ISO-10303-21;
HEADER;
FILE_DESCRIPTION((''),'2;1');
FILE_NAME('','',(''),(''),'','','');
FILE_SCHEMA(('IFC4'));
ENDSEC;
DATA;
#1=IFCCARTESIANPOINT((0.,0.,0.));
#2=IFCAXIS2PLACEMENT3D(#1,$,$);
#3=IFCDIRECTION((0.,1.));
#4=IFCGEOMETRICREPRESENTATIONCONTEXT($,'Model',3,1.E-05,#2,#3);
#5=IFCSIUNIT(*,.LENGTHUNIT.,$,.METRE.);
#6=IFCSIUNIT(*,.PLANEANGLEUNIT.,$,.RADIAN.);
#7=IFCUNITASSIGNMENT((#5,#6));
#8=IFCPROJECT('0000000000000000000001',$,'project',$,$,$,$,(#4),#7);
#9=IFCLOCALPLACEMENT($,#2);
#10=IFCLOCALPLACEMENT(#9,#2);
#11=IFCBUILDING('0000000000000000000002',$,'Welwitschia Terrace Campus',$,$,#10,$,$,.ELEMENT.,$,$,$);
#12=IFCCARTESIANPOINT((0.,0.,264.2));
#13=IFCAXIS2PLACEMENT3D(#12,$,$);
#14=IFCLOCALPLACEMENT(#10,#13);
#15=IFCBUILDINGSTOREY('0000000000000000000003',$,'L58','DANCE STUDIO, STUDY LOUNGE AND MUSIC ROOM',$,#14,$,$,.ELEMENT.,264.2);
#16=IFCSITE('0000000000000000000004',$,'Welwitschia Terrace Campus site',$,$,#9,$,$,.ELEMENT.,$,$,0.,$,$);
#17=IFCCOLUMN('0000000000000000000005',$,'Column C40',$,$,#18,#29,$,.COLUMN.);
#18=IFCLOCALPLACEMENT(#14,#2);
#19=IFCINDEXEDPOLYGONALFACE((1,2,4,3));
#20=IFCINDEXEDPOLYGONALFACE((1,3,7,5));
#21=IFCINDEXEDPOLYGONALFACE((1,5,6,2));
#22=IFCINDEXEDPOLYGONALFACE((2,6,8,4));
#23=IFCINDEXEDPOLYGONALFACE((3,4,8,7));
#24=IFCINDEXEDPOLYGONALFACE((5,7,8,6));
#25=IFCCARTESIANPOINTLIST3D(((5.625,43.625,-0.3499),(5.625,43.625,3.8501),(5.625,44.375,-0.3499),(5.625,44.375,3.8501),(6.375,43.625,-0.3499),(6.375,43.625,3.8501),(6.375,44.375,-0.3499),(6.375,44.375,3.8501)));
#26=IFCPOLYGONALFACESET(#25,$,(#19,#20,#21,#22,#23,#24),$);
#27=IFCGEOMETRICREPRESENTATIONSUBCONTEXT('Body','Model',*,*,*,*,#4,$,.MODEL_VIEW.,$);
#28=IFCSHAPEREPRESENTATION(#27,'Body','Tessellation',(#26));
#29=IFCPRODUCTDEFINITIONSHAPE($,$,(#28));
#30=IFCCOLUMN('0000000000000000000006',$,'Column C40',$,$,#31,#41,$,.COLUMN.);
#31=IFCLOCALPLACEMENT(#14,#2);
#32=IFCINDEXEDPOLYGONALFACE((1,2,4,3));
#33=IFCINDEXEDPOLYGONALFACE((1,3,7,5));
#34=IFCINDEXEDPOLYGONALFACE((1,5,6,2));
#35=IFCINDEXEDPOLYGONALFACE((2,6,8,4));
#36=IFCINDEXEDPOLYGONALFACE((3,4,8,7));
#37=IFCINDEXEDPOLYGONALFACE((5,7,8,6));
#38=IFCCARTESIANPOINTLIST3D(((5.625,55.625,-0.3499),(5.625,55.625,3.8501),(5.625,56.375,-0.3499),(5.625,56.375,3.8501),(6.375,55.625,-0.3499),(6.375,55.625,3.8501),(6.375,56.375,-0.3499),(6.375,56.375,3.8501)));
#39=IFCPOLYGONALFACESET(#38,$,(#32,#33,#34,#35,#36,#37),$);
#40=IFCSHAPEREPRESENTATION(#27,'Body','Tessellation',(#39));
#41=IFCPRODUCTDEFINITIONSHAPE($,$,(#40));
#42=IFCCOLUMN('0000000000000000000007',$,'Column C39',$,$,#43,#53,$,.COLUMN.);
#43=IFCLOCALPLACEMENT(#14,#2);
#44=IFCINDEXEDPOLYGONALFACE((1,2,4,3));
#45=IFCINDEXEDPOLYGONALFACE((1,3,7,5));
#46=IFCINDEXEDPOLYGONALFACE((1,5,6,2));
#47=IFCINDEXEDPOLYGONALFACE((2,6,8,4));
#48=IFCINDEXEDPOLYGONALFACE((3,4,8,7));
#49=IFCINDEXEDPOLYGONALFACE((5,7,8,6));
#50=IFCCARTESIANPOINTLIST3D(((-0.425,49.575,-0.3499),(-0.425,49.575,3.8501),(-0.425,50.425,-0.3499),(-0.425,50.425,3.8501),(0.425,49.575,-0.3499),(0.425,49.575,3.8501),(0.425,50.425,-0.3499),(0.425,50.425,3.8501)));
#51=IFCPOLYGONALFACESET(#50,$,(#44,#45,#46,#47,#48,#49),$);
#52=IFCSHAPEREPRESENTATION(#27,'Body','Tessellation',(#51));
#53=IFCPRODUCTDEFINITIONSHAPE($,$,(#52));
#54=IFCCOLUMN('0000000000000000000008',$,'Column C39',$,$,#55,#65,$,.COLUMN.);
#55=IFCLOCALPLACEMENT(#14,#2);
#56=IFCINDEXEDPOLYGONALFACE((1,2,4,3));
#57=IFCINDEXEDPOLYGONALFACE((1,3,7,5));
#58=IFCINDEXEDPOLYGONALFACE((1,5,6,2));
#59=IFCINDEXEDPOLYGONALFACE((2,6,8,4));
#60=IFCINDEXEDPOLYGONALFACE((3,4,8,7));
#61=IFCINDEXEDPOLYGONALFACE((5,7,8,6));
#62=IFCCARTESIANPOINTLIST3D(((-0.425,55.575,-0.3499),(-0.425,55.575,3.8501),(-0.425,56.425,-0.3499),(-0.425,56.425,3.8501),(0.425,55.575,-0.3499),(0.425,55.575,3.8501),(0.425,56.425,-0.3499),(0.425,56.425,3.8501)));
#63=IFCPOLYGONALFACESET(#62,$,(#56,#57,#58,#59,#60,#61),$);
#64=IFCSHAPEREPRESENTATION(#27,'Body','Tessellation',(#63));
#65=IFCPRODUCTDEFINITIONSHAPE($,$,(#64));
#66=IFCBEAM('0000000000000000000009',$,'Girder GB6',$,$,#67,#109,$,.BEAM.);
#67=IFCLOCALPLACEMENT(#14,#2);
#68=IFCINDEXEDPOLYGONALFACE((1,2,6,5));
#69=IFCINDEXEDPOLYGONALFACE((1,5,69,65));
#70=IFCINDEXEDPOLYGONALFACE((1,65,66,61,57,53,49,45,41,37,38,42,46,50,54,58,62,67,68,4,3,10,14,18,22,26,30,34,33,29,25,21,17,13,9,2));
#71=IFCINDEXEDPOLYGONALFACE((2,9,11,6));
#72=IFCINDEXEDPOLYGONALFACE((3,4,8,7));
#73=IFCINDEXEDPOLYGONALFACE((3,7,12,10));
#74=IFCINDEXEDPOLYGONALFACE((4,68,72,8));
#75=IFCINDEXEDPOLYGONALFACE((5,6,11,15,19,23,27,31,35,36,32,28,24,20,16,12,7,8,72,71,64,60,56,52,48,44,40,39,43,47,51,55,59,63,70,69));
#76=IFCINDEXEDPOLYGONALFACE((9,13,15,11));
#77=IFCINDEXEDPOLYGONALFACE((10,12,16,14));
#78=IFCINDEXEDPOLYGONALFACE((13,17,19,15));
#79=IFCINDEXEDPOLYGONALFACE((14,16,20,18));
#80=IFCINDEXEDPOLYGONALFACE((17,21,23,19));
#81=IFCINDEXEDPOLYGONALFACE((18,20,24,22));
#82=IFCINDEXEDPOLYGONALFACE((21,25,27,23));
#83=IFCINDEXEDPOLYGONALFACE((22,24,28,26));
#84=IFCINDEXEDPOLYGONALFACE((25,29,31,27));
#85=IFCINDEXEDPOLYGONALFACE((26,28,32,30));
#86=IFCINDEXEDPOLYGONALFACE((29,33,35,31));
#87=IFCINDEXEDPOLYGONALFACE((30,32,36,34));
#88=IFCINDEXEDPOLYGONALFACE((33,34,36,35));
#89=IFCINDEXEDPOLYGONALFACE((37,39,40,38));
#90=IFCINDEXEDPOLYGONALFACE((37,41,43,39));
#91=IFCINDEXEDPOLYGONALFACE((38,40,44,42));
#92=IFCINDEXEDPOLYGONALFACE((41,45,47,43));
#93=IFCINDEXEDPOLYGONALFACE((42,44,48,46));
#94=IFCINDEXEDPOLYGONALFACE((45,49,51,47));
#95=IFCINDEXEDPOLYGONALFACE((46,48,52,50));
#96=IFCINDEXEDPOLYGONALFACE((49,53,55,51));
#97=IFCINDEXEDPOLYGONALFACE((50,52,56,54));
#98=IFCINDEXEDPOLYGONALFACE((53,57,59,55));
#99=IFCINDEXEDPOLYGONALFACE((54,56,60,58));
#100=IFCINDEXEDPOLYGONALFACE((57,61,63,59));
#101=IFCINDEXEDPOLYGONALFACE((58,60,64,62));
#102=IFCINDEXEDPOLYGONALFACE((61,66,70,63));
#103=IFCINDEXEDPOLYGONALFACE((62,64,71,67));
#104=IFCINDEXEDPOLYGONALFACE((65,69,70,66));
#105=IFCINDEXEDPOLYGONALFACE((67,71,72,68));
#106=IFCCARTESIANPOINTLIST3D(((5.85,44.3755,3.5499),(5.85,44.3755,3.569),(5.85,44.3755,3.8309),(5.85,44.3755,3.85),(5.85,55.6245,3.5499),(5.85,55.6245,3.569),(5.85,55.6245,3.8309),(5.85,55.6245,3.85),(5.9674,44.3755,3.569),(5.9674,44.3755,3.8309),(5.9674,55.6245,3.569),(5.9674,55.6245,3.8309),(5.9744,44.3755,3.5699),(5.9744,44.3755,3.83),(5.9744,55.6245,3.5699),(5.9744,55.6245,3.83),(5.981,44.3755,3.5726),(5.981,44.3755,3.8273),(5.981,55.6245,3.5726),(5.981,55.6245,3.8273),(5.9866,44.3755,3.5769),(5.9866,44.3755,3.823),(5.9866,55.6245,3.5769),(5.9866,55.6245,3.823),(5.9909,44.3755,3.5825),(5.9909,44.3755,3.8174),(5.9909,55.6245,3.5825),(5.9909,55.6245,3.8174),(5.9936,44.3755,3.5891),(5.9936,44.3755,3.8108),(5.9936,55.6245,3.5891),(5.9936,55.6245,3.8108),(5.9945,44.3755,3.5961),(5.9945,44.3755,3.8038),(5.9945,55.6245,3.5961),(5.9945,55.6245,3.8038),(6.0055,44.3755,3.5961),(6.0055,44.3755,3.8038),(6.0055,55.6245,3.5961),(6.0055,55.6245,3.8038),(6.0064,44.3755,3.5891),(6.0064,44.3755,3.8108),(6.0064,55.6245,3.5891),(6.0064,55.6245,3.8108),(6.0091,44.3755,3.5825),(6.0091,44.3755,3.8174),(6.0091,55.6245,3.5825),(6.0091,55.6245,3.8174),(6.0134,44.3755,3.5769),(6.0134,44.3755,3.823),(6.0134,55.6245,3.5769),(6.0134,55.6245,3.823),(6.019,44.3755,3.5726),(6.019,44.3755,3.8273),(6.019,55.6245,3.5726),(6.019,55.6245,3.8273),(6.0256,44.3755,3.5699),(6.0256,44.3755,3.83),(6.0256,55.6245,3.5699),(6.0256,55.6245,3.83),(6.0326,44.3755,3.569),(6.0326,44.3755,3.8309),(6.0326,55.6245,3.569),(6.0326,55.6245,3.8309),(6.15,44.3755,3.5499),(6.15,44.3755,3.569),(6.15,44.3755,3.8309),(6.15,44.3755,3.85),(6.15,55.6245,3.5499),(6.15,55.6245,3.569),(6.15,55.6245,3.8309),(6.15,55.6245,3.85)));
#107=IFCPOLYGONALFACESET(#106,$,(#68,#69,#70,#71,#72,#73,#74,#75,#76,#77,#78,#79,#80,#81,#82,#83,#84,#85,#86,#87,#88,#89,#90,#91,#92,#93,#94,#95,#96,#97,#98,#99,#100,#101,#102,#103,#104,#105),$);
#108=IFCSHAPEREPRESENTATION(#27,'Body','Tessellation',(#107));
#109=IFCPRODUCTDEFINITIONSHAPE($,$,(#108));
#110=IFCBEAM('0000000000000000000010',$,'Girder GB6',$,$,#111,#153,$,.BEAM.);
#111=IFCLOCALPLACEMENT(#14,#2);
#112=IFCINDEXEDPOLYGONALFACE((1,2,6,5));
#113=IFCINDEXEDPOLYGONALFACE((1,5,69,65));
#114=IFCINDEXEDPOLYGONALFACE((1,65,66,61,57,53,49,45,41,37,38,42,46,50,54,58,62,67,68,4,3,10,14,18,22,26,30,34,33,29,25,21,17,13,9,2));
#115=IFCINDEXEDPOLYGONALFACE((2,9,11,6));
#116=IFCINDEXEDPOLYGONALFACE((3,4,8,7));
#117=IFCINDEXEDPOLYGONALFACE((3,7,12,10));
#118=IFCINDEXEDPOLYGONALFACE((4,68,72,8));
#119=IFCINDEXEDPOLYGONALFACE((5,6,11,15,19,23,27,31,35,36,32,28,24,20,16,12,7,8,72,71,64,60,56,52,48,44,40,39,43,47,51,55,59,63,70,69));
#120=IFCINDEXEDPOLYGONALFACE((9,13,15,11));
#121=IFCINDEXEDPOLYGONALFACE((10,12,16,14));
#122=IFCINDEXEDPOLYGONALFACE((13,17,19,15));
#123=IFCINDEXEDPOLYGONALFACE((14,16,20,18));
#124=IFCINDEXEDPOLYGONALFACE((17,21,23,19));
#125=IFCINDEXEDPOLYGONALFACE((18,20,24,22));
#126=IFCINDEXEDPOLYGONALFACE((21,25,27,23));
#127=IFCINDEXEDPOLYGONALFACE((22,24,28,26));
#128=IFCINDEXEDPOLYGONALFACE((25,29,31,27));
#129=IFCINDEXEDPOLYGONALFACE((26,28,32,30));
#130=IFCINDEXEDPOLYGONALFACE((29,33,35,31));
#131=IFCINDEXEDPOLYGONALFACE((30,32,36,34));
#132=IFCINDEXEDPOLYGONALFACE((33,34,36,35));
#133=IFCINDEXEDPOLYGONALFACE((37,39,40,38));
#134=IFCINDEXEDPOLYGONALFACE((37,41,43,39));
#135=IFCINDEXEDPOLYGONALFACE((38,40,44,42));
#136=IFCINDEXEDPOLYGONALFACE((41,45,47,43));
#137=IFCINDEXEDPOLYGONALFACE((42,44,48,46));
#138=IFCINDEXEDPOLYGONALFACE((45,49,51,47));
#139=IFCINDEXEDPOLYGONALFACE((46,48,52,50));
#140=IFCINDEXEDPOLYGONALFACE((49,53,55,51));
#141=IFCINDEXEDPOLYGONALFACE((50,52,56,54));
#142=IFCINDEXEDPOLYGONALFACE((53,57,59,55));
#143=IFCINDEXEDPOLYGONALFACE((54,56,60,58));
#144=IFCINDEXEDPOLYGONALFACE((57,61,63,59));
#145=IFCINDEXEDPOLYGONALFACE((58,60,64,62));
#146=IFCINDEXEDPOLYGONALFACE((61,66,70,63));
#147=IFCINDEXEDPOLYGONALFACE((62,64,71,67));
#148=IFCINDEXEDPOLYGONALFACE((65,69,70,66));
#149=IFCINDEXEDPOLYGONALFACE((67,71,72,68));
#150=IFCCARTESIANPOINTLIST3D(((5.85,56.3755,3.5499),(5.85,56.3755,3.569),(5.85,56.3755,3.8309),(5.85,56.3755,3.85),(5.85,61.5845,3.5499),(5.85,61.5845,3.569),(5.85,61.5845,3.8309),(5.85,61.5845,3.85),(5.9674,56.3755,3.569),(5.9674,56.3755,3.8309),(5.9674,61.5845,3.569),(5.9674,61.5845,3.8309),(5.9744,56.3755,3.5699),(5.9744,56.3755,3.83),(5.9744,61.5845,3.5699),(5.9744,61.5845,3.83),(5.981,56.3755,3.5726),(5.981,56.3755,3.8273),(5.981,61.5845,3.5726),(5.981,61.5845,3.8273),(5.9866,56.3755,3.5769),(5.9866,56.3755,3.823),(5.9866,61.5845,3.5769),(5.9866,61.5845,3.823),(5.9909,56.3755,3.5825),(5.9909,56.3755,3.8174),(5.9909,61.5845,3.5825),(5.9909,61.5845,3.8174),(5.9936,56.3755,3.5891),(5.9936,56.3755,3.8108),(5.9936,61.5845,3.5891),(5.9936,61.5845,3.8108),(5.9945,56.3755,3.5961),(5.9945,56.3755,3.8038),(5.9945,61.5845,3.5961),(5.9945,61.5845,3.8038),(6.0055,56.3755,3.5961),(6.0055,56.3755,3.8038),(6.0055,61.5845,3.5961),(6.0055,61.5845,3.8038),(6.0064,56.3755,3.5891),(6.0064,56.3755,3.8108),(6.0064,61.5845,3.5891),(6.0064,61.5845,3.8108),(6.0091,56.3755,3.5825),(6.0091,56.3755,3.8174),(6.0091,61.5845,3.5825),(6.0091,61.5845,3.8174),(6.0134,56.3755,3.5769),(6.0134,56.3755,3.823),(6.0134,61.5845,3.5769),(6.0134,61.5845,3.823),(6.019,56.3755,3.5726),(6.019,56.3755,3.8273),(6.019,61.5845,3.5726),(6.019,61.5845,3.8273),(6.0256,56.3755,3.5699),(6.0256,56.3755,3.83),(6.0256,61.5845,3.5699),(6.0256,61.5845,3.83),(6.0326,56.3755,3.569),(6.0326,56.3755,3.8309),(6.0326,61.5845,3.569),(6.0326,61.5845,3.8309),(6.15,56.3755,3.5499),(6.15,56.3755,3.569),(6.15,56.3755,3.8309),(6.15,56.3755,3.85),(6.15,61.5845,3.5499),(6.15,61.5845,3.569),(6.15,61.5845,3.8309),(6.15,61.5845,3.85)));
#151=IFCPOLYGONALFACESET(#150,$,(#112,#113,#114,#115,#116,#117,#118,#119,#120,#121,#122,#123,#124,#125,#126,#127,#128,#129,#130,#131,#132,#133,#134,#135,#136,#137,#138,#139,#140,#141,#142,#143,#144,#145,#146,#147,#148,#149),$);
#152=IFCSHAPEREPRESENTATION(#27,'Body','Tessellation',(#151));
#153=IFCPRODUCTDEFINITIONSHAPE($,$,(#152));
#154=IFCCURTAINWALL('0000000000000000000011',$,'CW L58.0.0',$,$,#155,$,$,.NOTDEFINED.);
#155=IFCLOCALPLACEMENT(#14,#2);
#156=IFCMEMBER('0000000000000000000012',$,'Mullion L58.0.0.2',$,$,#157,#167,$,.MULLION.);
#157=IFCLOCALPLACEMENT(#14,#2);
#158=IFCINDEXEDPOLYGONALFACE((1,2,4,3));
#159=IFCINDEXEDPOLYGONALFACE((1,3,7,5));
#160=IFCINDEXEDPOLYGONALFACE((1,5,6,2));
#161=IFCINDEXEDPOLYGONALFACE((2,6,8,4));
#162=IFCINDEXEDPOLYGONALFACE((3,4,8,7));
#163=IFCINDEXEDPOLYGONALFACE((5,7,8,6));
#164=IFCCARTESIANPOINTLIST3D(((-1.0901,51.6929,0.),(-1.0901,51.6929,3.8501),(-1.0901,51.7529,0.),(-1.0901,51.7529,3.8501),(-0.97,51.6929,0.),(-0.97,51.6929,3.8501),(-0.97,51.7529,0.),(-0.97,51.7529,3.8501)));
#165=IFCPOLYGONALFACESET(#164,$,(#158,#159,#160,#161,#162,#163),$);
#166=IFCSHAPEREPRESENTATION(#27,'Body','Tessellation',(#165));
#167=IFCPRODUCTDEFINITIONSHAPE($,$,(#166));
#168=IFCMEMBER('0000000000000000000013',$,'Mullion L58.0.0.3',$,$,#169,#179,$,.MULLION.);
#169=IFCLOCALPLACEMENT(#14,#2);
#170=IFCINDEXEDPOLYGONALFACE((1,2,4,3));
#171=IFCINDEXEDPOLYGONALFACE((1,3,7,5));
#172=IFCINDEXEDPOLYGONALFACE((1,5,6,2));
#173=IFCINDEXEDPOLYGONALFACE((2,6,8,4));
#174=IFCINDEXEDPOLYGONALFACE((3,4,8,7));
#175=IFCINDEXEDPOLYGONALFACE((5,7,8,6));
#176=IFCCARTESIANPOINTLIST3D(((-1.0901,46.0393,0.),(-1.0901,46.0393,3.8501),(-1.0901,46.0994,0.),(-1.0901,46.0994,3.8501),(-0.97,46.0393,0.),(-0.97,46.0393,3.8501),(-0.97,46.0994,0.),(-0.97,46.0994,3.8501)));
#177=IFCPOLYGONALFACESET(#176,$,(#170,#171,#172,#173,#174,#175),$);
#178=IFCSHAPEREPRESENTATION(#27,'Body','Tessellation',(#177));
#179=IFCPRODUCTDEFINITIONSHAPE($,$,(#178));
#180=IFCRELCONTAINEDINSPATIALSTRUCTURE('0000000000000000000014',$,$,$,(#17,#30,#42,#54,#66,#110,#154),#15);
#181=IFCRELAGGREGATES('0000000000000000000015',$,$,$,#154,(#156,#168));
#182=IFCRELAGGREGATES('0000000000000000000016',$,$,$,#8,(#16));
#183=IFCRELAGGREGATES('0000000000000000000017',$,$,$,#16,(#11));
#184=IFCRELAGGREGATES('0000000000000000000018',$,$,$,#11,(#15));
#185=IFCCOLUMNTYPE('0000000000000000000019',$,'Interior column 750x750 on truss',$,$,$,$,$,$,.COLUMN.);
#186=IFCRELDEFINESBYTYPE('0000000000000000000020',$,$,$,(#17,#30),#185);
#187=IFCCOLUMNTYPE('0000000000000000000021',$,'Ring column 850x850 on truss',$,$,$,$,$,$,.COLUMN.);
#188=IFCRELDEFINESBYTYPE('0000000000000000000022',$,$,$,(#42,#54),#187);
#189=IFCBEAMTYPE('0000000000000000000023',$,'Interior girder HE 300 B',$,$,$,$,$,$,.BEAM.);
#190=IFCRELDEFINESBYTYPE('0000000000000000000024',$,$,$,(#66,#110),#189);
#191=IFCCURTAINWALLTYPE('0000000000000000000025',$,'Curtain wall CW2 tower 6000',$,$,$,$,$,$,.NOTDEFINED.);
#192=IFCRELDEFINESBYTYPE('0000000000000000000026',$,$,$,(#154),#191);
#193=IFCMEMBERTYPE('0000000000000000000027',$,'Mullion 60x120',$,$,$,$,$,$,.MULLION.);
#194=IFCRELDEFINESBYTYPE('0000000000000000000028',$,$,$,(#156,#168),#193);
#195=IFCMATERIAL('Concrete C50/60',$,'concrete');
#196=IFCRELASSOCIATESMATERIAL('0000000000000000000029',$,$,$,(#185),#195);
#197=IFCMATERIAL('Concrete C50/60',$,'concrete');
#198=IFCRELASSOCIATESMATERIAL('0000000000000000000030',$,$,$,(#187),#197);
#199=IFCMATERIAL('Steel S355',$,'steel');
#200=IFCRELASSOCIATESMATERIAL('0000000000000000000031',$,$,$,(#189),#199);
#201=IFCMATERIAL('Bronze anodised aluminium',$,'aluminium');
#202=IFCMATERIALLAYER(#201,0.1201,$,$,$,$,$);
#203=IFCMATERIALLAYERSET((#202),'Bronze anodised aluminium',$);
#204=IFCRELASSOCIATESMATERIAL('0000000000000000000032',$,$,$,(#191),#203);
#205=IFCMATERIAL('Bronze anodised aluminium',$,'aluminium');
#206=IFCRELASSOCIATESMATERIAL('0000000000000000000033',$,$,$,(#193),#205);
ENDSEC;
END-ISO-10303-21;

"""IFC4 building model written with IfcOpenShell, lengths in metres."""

from ifc_helpers import new_model, si_unit, direction, frame, origin, origin_2d, place, context, subcontext, project, spatial, rectangle, i_section, extrude, material, layer, layer_set, material_profile, profile_set, type_object, element, aggregate, save


model = new_model("IFC4")

# Units and contexts
model_context = context("Model", 3, precision=1e-05, world=origin(), true_north=direction((0.0, 1.0)))
body_context = subcontext(model_context, "Body", "Model", "MODEL_VIEW")
ifc_project = project(units=[si_unit("LENGTHUNIT", "METRE"), si_unit("PLANEANGLEUNIT", "RADIAN")], contexts=[model_context])

# Site, building, storey
site_placement = place(None, origin())
site = spatial("IfcSite", under=ifc_project, at=site_placement, Name="Welwitschia Terrace Campus site", CompositionType="ELEMENT", RefElevation=0.0)
building_placement = place(site_placement, origin())
building = spatial("IfcBuilding", under=site, at=building_placement, Name="Welwitschia Terrace Campus", CompositionType="ELEMENT")
storey_placement = place(building_placement, frame((0.0, 0.0, 264.2)))
storey = spatial("IfcBuildingStorey", under=building, at=storey_placement, Name="L58", Description="DANCE STUDIO, STUDY LOUNGE AND MUSIC ROOM", CompositionType="ELEMENT", Elevation=264.2)

# Columns
ifc_material_1 = material(Name="Concrete C50/60", Category="concrete")
ifc_material_profile_1 = material_profile(ifc_material_1, rectangle(XDim=0.75, YDim=0.75, at=origin_2d()))
ifc_profile_set_1 = profile_set([ifc_material_profile_1], Name="Concrete C50/60")
column_type_1 = type_object("IfcColumnType", Name="Interior column 750x750 on truss", PredefinedType="COLUMN", material=ifc_profile_set_1)
for number, where, z_axis, x_axis, name in (
    (1, (6.0, 44.0, -0.3499), (0.0, 0.0, 1.0), (1.0, 0.0, 0.0), "Column C40"),
    (2, (6.0, 56.0, -0.3499), (0.0, 0.0, 1.0), (1.0, 0.0, 0.0), "Column C40"),
):
    element("IfcColumn", number, at=place(storey_placement, frame(where, z_axis=z_axis, x_axis=x_axis)), inside=storey, type_object=column_type_1, Name=name, PredefinedType="COLUMN", context=body_context, shape_type="SweptSolid", body=[
        extrude(rectangle(XDim=0.75, YDim=0.75, at=origin_2d()), origin(), (0.0, 0.0, 1.0), 4.2),
    ])
ifc_material_2 = material(Name="Concrete C50/60", Category="concrete")
ifc_material_profile_2 = material_profile(ifc_material_2, rectangle(XDim=0.8501, YDim=0.8501, at=origin_2d()))
ifc_profile_set_2 = profile_set([ifc_material_profile_2], Name="Concrete C50/60")
column_type_2 = type_object("IfcColumnType", Name="Ring column 850x850 on truss", PredefinedType="COLUMN", material=ifc_profile_set_2)
for number, where, z_axis, x_axis, name in (
    (3, (0.0, 50.0, -0.3499), (0.0, 0.0, 1.0), (1.0, 0.0, 0.0), "Column C39"),
    (4, (0.0, 56.0, -0.3499), (0.0, 0.0, 1.0), (1.0, 0.0, 0.0), "Column C39"),
):
    element("IfcColumn", number, at=place(storey_placement, frame(where, z_axis=z_axis, x_axis=x_axis)), inside=storey, type_object=column_type_2, Name=name, PredefinedType="COLUMN", context=body_context, shape_type="SweptSolid", body=[
        extrude(rectangle(XDim=0.8501, YDim=0.8501, at=origin_2d()), origin(), (0.0, 0.0, 1.0), 4.2),
    ])

# Beams
ifc_material_3 = material(Name="Steel S355", Category="steel")
ifc_material_profile_3 = material_profile(ifc_material_3, i_section(OverallWidth=0.3, OverallDepth=0.3, WebThickness=0.011, FlangeThickness=0.019, FilletRadius=0.0271, at=origin_2d()))
ifc_profile_set_3 = profile_set([ifc_material_profile_3], Name="Steel S355")
beam_type_1 = type_object("IfcBeamType", Name="Interior girder HE 300 B", PredefinedType="BEAM", material=ifc_profile_set_3)
beam_1_placement = place(storey_placement, frame((6.0, 44.3755, 3.7), z_axis=(0.0, 1.0, 0.0), x_axis=(-1.0, 0.0, 0.0)))
element("IfcBeam", 5, at=beam_1_placement, inside=storey, type_object=beam_type_1, Name="Girder GB6", PredefinedType="BEAM", context=body_context, shape_type="SweptSolid", body=[
    extrude(i_section(OverallWidth=0.3, OverallDepth=0.3, WebThickness=0.011, FlangeThickness=0.019, FilletRadius=0.0271, at=origin_2d()), origin(), (0.0, 0.0, 1.0), 11.249),
])
beam_2_placement = place(storey_placement, frame((6.0, 56.3755, 3.7), z_axis=(0.0, 1.0, 0.0), x_axis=(-1.0, 0.0, 0.0)))
element("IfcBeam", 6, at=beam_2_placement, inside=storey, type_object=beam_type_1, Name="Girder GB6", PredefinedType="BEAM", context=body_context, shape_type="SweptSolid", body=[
    extrude(i_section(OverallWidth=0.3, OverallDepth=0.3, WebThickness=0.011, FlangeThickness=0.019, FilletRadius=0.0271, at=origin_2d()), origin(), (0.0, 0.0, 1.0), 5.209),
])

# Curtain wall, members
ifc_material_4 = material(Name="Bronze anodised aluminium", Category="aluminium")
ifc_layer_1 = layer(ifc_material_4, 0.1201)
ifc_layer_set_1 = layer_set([ifc_layer_1], Name="Bronze anodised aluminium")
curtain_wall_type = type_object("IfcCurtainWallType", Name="Curtain wall CW2 tower 6000", PredefinedType="NOTDEFINED", material=ifc_layer_set_1)
curtain_wall_placement = place(storey_placement, origin())
curtain_wall = element("IfcCurtainWall", 7, at=curtain_wall_placement, inside=storey, type_object=curtain_wall_type, Name="CW L58.0.0", PredefinedType="NOTDEFINED")
ifc_material_5 = material(Name="Bronze anodised aluminium", Category="aluminium")
ifc_material_profile_4 = material_profile(ifc_material_5, rectangle(XDim=0.1201, YDim=0.0601, at=origin_2d()))
ifc_profile_set_4 = profile_set([ifc_material_profile_4], Name="Bronze anodised aluminium")
member_type = type_object("IfcMemberType", Name="Mullion 60x120", PredefinedType="MULLION", material=ifc_profile_set_4)
member_1_placement = place(storey_placement, frame((-1.03, 51.7229, 0.0), z_axis=(0.0, 0.0, 1.0), x_axis=(1.0, 0.0, 0.0)))
member_1 = element("IfcMember", 8, at=member_1_placement, type_object=member_type, Name="Mullion L58.0.0.2", PredefinedType="MULLION", context=body_context, shape_type="SweptSolid", body=[
    extrude(rectangle(XDim=0.1201, YDim=0.0601, at=origin_2d()), origin(), (0.0, 0.0, 1.0), 3.8501),
])
member_2_placement = place(storey_placement, frame((-1.03, 46.0693, 0.0), z_axis=(0.0, 0.0, 1.0), x_axis=(1.0, 0.0, 0.0)))
member_2 = element("IfcMember", 9, at=member_2_placement, type_object=member_type, Name="Mullion L58.0.0.3", PredefinedType="MULLION", context=body_context, shape_type="SweptSolid", body=[
    extrude(rectangle(XDim=0.1201, YDim=0.0601, at=origin_2d()), origin(), (0.0, 0.0, 1.0), 3.8501),
])

aggregate(curtain_wall, [member_1, member_2])

save(model, "model.ifc")
